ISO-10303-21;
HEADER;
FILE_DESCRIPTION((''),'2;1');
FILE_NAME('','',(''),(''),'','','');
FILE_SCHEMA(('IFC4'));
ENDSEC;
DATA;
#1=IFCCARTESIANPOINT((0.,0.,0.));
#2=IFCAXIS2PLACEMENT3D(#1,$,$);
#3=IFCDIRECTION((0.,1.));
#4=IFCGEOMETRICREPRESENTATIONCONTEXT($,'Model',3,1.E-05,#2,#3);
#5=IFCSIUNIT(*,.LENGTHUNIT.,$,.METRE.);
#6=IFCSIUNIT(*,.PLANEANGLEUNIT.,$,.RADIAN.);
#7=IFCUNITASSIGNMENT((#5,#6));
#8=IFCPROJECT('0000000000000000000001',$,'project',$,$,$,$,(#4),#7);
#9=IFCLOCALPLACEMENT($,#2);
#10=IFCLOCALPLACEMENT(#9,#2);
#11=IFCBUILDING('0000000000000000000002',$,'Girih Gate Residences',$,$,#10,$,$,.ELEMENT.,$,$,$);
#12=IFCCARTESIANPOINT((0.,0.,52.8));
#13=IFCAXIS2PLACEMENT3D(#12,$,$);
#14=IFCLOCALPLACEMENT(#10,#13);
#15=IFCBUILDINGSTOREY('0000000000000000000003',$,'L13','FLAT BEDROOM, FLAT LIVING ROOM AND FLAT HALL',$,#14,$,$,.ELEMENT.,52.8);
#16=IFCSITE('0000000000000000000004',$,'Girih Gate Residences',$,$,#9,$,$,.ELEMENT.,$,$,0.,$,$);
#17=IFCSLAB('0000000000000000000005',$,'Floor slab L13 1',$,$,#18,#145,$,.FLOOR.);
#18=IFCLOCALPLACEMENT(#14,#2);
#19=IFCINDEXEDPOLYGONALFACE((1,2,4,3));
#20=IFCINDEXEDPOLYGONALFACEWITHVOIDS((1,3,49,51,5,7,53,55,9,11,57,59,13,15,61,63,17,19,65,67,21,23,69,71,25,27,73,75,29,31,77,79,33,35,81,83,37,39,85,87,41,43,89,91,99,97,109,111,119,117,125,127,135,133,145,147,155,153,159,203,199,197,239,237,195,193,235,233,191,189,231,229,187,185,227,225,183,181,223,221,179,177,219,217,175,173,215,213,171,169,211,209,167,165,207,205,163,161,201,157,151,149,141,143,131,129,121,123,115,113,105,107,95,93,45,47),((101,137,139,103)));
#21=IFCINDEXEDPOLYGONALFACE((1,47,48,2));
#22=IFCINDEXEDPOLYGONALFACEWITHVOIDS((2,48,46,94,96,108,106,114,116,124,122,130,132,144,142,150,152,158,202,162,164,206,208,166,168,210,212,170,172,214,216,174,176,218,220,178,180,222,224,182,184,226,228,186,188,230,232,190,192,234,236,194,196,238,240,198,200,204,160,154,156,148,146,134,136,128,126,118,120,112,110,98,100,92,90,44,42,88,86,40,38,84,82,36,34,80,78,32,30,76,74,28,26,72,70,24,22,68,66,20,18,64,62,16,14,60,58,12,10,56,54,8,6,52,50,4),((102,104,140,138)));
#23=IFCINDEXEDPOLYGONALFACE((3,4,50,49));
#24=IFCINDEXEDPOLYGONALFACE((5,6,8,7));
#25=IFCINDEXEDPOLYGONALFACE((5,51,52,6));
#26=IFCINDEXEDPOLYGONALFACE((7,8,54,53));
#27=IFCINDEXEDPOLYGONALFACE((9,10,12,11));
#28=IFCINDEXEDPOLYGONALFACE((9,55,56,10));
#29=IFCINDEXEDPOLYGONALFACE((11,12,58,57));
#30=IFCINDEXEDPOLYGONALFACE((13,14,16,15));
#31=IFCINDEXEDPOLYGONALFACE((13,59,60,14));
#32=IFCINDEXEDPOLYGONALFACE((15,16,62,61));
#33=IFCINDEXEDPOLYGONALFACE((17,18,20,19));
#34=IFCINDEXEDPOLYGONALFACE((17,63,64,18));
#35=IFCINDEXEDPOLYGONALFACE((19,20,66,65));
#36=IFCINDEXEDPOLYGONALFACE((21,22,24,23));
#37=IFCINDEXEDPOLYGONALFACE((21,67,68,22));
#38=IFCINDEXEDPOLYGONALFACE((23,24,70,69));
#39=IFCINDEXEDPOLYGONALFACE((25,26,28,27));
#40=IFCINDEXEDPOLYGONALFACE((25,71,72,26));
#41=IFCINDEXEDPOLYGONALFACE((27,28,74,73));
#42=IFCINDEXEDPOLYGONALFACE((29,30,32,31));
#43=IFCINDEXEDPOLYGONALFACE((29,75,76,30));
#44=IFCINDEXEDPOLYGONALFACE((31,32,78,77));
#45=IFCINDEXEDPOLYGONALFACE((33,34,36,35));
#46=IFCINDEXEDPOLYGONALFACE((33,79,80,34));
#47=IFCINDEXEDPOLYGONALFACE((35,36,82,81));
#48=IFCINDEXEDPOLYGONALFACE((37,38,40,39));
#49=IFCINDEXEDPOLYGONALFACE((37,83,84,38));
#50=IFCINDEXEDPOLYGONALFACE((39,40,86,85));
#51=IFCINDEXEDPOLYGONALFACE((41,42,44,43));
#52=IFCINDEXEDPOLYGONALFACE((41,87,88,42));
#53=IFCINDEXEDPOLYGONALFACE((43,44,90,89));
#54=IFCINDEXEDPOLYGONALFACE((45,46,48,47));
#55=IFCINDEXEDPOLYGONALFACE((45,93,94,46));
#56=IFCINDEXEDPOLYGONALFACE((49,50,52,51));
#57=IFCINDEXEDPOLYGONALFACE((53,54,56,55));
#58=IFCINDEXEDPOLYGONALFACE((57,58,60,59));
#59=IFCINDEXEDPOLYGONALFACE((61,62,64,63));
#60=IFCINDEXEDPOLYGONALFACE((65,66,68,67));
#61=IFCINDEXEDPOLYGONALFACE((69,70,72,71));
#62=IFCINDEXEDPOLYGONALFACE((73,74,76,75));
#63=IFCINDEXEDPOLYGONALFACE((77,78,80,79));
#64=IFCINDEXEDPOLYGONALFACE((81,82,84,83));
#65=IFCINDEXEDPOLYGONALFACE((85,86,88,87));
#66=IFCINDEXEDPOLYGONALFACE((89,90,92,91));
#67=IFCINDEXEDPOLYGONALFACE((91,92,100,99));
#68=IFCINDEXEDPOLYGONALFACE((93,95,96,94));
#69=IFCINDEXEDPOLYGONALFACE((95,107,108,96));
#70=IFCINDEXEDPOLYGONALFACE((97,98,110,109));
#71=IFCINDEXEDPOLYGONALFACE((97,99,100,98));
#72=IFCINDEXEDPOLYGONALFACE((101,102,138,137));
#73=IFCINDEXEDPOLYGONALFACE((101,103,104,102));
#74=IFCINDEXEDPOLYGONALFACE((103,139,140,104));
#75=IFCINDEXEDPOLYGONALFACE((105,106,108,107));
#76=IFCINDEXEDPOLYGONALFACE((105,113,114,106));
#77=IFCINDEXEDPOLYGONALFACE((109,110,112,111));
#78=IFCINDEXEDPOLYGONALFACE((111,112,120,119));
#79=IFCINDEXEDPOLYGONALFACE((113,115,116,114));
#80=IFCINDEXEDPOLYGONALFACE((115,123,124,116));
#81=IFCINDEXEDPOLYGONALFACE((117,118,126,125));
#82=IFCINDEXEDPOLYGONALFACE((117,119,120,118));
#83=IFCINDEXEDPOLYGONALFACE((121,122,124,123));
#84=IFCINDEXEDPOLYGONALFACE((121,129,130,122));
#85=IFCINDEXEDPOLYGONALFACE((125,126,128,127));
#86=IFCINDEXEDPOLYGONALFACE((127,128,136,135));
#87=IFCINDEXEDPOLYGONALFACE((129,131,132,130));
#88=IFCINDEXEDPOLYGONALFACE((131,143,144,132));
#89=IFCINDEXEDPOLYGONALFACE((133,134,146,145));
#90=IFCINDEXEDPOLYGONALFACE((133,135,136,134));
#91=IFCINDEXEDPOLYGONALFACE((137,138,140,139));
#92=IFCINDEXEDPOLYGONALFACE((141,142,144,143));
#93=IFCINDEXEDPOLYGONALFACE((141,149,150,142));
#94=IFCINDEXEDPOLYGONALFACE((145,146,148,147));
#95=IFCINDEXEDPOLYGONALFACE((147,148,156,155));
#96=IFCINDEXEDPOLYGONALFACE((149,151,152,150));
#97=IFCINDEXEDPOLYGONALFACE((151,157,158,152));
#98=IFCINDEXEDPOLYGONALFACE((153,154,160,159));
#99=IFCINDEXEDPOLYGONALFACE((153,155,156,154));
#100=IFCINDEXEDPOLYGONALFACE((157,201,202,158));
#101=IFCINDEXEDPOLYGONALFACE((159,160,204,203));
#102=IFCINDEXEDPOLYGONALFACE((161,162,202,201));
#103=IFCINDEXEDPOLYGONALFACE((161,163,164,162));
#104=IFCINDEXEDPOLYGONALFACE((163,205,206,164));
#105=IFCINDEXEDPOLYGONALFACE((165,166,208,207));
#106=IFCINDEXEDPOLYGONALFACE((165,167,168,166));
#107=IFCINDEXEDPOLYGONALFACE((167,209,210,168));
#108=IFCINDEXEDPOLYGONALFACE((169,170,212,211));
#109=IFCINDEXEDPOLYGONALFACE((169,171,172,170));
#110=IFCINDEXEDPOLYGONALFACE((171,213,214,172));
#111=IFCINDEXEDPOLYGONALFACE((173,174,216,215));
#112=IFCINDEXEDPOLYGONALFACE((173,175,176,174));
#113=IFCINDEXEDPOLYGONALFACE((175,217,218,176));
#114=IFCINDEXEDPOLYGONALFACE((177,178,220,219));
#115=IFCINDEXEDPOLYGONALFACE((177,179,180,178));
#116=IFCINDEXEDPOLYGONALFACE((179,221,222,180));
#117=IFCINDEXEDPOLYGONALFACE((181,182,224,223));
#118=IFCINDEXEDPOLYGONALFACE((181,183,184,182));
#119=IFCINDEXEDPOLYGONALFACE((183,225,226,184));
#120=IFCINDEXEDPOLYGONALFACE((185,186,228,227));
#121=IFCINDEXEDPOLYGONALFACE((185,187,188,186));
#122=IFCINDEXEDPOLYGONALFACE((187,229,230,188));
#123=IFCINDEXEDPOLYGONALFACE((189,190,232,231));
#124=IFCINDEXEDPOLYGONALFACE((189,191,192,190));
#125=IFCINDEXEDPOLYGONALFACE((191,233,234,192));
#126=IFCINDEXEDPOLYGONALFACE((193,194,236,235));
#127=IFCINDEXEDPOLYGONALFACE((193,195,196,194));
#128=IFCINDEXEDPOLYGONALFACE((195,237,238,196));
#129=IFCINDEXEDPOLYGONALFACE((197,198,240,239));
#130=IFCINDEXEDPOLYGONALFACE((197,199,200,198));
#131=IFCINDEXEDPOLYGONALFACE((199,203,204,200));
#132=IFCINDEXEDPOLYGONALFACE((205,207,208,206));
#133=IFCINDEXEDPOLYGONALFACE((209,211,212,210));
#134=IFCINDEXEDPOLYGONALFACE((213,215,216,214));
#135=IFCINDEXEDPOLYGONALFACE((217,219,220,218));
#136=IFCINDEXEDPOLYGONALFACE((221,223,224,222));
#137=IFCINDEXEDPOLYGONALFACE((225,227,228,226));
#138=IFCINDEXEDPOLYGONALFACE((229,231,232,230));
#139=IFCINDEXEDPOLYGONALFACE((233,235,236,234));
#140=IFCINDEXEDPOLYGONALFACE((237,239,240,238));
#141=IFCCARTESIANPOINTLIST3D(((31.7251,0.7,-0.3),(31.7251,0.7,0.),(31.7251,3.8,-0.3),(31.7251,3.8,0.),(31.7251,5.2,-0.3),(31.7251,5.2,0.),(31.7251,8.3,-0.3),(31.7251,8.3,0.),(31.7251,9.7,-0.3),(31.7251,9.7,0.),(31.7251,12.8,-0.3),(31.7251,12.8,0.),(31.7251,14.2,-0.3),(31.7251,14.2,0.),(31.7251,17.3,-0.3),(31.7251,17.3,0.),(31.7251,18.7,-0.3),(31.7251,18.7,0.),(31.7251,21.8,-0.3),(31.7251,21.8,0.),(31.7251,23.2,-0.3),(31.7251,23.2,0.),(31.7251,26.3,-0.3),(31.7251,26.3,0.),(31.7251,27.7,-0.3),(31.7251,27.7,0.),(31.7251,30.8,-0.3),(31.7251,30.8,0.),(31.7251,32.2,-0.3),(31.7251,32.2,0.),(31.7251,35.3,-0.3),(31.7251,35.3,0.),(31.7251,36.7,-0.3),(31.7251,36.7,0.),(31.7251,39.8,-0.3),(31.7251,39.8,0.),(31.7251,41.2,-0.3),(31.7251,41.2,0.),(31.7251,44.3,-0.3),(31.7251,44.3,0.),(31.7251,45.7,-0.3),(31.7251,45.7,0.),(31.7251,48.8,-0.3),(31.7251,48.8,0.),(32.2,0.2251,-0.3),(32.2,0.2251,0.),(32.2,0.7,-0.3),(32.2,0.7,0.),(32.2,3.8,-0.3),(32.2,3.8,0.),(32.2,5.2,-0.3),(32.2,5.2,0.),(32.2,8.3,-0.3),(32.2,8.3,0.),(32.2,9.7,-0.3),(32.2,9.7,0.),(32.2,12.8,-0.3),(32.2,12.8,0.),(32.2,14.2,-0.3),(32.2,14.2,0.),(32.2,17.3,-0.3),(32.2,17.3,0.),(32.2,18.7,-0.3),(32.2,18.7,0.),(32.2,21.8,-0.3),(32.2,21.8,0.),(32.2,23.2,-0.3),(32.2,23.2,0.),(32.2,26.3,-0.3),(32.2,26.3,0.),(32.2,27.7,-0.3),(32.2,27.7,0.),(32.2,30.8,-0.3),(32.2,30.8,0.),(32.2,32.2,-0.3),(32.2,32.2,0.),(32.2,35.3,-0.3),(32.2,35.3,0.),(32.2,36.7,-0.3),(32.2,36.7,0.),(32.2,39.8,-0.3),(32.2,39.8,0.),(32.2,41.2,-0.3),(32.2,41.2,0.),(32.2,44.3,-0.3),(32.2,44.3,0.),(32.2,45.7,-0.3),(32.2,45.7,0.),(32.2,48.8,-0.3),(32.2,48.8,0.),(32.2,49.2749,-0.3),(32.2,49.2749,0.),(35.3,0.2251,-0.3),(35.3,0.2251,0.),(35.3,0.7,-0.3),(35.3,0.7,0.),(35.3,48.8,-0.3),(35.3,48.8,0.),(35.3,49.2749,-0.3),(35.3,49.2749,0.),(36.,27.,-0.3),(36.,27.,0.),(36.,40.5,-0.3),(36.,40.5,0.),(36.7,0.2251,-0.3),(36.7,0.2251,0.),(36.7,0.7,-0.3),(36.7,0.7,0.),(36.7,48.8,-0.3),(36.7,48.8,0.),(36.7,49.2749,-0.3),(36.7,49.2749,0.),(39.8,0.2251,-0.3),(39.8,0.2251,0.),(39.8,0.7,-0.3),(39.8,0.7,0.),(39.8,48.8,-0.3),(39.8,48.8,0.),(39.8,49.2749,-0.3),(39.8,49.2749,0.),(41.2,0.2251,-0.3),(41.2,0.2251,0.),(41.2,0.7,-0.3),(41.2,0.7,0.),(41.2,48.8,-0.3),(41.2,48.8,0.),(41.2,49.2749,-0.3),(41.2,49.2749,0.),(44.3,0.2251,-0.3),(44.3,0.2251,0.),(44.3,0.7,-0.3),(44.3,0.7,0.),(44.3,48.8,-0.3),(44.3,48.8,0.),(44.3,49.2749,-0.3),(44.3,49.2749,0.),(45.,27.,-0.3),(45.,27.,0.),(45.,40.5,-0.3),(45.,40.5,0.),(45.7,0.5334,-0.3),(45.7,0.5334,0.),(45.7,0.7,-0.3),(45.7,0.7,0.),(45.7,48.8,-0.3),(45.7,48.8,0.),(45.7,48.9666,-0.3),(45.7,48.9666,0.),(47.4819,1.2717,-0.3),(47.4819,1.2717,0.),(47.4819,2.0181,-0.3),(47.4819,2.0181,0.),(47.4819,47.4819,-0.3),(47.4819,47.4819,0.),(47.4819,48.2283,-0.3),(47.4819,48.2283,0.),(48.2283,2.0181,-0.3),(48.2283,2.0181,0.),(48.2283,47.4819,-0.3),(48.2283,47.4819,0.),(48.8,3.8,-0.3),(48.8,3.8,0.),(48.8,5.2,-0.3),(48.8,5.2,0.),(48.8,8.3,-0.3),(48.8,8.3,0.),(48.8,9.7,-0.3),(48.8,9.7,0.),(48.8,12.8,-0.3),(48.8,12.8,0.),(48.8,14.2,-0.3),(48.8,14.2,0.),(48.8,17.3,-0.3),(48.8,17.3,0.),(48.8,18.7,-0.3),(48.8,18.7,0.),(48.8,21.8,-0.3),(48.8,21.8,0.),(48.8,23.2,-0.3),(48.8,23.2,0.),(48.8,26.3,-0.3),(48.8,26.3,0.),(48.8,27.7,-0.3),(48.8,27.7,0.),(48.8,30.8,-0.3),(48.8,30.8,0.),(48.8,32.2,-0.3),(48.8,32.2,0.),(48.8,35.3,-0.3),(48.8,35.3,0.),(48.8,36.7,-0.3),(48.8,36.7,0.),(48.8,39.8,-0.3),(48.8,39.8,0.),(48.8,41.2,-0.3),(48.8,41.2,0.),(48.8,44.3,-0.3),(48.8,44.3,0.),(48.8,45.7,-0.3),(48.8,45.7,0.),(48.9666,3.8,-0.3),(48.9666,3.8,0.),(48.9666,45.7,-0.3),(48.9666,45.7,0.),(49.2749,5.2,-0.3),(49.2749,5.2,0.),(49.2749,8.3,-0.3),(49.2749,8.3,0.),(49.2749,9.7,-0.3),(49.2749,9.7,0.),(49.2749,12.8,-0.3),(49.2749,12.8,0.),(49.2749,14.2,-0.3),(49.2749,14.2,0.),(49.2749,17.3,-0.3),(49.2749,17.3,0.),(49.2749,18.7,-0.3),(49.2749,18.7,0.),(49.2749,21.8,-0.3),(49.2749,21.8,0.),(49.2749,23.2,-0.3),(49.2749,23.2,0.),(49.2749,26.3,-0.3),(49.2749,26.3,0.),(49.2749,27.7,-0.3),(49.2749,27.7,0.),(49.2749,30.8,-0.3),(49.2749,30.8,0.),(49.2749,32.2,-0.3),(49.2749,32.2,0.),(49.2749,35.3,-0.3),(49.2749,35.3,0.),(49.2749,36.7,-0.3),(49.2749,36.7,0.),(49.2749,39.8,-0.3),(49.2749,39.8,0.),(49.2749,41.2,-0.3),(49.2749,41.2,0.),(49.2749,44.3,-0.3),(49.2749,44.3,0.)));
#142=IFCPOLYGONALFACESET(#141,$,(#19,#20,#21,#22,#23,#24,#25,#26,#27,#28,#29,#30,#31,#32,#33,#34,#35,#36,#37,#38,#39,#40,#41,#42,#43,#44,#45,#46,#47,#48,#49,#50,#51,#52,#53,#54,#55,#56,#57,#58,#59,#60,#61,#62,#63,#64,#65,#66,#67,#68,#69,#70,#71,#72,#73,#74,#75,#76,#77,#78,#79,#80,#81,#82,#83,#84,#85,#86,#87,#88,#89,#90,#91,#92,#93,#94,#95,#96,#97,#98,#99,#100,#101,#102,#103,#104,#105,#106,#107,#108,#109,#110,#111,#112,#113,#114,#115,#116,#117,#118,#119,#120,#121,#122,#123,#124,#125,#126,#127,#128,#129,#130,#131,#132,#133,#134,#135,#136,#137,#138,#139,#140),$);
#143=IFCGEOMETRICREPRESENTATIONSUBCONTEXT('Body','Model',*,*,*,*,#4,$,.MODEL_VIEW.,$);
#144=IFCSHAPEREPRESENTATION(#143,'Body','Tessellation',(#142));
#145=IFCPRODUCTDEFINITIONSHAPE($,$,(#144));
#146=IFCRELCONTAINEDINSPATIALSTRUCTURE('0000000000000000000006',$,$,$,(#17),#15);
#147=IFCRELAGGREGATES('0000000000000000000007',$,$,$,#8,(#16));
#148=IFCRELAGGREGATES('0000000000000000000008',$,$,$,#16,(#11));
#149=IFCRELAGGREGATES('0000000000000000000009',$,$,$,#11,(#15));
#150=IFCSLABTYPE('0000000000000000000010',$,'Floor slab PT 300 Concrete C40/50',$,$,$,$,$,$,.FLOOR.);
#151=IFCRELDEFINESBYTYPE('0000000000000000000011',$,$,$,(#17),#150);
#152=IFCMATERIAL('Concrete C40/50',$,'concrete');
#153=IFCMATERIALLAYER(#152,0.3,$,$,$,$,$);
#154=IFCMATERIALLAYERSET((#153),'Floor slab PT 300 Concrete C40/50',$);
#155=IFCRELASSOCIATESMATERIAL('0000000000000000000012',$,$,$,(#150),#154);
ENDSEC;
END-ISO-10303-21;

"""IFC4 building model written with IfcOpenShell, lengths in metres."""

from ifc_helpers import new_model, si_unit, direction, frame, origin, place, context, subcontext, project, spatial, polyline, outline, extrude, material, layer, layer_set, type_object, element, save


model = new_model("IFC4")

# Units and contexts
model_context = context("Model", 3, precision=1e-05, world=origin(), true_north=direction((0.0, 1.0)))
body_context = subcontext(model_context, "Body", "Model", "MODEL_VIEW")
ifc_project = project(units=[si_unit("LENGTHUNIT", "METRE"), si_unit("PLANEANGLEUNIT", "RADIAN")], contexts=[model_context])

# Site, building, storey
site_placement = place(None, origin())
site = spatial("IfcSite", under=ifc_project, at=site_placement, Name="Girih Gate Residences", CompositionType="ELEMENT", RefElevation=0.0)
building_placement = place(site_placement, origin())
building = spatial("IfcBuilding", under=site, at=building_placement, Name="Girih Gate Residences", CompositionType="ELEMENT")
storey_placement = place(building_placement, frame((0.0, 0.0, 52.8)))
storey = spatial("IfcBuildingStorey", under=building, at=storey_placement, Name="L13", Description="FLAT BEDROOM, FLAT LIVING ROOM AND FLAT HALL", CompositionType="ELEMENT", Elevation=52.8)

# Slab
ifc_material_1 = material(Name="Concrete C40/50", Category="concrete")
ifc_layer_1 = layer(ifc_material_1, 0.3)
ifc_layer_set_1 = layer_set([ifc_layer_1], Name="Floor slab PT 300 Concrete C40/50")
slab_type_1 = type_object("IfcSlabType", Name="Floor slab PT 300 Concrete C40/50", PredefinedType="FLOOR", material=ifc_layer_set_1)
slab_1_placement = place(storey_placement, frame((0.0, 0.0, -0.3)))
element("IfcSlab", 1, at=slab_1_placement, inside=storey, type_object=slab_type_1, Name="Floor slab L13 1", PredefinedType="FLOOR", context=body_context, shape_type="SweptSolid", body=[
    extrude(outline(polyline([(35.3, 49.2749), (32.2, 49.2749), (32.2, 48.8), (31.7251, 48.8), (31.7251, 45.7), (32.2, 45.7), (32.2, 44.3), (31.7251, 44.3), (31.7251, 41.2), (32.2, 41.2), (32.2, 39.8), (31.7251, 39.8), (31.7251, 36.7), (32.2, 36.7), (32.2, 35.3), (31.7251, 35.3), (31.7251, 32.2), (32.2, 32.2), (32.2, 30.8), (31.7251, 30.8), (31.7251, 27.7), (32.2, 27.7), (32.2, 26.3), (31.7251, 26.3), (31.7251, 23.2), (32.2, 23.2), (32.2, 21.8), (31.7251, 21.8), (31.7251, 18.7), (32.2, 18.7), (32.2, 17.3), (31.7251, 17.3), (31.7251, 14.2), (32.2, 14.2), (32.2, 12.8), (31.7251, 12.8), (31.7251, 9.7), (32.2, 9.7), (32.2, 8.3), (31.7251, 8.3), (31.7251, 5.2), (32.2, 5.2), (32.2, 3.8), (31.7251, 3.8), (31.7251, 0.7), (32.2, 0.7), (32.2, 0.2251), (35.3, 0.2251), (35.3, 0.7), (36.7, 0.7), (36.7, 0.2251), (39.8, 0.2251), (39.8, 0.7), (41.2, 0.7), (41.2, 0.2251), (44.3, 0.2251), (44.3, 0.7), (45.7, 0.7), (45.7, 0.5334), (47.4819, 1.2717), (47.4819, 2.0181), (48.2283, 2.0181), (48.9666, 3.8), (48.8, 3.8), (48.8, 5.2), (49.2749, 5.2), (49.2749, 8.3), (48.8, 8.3), (48.8, 9.7), (49.2749, 9.7), (49.2749, 12.8), (48.8, 12.8), (48.8, 14.2), (49.2749, 14.2), (49.2749, 17.3), (48.8, 17.3), (48.8, 18.7), (49.2749, 18.7), (49.2749, 21.8), (48.8, 21.8), (48.8, 23.2), (49.2749, 23.2), (49.2749, 26.3), (48.8, 26.3), (48.8, 27.7), (49.2749, 27.7), (49.2749, 30.8), (48.8, 30.8), (48.8, 32.2), (49.2749, 32.2), (49.2749, 35.3), (48.8, 35.3), (48.8, 36.7), (49.2749, 36.7), (49.2749, 39.8), (48.8, 39.8), (48.8, 41.2), (49.2749, 41.2), (49.2749, 44.3), (48.8, 44.3), (48.8, 45.7), (48.9666, 45.7), (48.2283, 47.4819), (47.4819, 47.4819), (47.4819, 48.2283), (45.7, 48.9666), (45.7, 48.8), (44.3, 48.8), (44.3, 49.2749), (41.2, 49.2749), (41.2, 48.8), (39.8, 48.8), (39.8, 49.2749), (36.7, 49.2749), (36.7, 48.8), (35.3, 48.8), (35.3, 49.2749)]), holes=[polyline([(45.0, 40.5), (45.0, 27.0), (36.0, 27.0), (36.0, 40.5), (45.0, 40.5)])]), origin(), (0.0, 0.0, 1.0), 0.3),
])

save(model, "model.ifc")
